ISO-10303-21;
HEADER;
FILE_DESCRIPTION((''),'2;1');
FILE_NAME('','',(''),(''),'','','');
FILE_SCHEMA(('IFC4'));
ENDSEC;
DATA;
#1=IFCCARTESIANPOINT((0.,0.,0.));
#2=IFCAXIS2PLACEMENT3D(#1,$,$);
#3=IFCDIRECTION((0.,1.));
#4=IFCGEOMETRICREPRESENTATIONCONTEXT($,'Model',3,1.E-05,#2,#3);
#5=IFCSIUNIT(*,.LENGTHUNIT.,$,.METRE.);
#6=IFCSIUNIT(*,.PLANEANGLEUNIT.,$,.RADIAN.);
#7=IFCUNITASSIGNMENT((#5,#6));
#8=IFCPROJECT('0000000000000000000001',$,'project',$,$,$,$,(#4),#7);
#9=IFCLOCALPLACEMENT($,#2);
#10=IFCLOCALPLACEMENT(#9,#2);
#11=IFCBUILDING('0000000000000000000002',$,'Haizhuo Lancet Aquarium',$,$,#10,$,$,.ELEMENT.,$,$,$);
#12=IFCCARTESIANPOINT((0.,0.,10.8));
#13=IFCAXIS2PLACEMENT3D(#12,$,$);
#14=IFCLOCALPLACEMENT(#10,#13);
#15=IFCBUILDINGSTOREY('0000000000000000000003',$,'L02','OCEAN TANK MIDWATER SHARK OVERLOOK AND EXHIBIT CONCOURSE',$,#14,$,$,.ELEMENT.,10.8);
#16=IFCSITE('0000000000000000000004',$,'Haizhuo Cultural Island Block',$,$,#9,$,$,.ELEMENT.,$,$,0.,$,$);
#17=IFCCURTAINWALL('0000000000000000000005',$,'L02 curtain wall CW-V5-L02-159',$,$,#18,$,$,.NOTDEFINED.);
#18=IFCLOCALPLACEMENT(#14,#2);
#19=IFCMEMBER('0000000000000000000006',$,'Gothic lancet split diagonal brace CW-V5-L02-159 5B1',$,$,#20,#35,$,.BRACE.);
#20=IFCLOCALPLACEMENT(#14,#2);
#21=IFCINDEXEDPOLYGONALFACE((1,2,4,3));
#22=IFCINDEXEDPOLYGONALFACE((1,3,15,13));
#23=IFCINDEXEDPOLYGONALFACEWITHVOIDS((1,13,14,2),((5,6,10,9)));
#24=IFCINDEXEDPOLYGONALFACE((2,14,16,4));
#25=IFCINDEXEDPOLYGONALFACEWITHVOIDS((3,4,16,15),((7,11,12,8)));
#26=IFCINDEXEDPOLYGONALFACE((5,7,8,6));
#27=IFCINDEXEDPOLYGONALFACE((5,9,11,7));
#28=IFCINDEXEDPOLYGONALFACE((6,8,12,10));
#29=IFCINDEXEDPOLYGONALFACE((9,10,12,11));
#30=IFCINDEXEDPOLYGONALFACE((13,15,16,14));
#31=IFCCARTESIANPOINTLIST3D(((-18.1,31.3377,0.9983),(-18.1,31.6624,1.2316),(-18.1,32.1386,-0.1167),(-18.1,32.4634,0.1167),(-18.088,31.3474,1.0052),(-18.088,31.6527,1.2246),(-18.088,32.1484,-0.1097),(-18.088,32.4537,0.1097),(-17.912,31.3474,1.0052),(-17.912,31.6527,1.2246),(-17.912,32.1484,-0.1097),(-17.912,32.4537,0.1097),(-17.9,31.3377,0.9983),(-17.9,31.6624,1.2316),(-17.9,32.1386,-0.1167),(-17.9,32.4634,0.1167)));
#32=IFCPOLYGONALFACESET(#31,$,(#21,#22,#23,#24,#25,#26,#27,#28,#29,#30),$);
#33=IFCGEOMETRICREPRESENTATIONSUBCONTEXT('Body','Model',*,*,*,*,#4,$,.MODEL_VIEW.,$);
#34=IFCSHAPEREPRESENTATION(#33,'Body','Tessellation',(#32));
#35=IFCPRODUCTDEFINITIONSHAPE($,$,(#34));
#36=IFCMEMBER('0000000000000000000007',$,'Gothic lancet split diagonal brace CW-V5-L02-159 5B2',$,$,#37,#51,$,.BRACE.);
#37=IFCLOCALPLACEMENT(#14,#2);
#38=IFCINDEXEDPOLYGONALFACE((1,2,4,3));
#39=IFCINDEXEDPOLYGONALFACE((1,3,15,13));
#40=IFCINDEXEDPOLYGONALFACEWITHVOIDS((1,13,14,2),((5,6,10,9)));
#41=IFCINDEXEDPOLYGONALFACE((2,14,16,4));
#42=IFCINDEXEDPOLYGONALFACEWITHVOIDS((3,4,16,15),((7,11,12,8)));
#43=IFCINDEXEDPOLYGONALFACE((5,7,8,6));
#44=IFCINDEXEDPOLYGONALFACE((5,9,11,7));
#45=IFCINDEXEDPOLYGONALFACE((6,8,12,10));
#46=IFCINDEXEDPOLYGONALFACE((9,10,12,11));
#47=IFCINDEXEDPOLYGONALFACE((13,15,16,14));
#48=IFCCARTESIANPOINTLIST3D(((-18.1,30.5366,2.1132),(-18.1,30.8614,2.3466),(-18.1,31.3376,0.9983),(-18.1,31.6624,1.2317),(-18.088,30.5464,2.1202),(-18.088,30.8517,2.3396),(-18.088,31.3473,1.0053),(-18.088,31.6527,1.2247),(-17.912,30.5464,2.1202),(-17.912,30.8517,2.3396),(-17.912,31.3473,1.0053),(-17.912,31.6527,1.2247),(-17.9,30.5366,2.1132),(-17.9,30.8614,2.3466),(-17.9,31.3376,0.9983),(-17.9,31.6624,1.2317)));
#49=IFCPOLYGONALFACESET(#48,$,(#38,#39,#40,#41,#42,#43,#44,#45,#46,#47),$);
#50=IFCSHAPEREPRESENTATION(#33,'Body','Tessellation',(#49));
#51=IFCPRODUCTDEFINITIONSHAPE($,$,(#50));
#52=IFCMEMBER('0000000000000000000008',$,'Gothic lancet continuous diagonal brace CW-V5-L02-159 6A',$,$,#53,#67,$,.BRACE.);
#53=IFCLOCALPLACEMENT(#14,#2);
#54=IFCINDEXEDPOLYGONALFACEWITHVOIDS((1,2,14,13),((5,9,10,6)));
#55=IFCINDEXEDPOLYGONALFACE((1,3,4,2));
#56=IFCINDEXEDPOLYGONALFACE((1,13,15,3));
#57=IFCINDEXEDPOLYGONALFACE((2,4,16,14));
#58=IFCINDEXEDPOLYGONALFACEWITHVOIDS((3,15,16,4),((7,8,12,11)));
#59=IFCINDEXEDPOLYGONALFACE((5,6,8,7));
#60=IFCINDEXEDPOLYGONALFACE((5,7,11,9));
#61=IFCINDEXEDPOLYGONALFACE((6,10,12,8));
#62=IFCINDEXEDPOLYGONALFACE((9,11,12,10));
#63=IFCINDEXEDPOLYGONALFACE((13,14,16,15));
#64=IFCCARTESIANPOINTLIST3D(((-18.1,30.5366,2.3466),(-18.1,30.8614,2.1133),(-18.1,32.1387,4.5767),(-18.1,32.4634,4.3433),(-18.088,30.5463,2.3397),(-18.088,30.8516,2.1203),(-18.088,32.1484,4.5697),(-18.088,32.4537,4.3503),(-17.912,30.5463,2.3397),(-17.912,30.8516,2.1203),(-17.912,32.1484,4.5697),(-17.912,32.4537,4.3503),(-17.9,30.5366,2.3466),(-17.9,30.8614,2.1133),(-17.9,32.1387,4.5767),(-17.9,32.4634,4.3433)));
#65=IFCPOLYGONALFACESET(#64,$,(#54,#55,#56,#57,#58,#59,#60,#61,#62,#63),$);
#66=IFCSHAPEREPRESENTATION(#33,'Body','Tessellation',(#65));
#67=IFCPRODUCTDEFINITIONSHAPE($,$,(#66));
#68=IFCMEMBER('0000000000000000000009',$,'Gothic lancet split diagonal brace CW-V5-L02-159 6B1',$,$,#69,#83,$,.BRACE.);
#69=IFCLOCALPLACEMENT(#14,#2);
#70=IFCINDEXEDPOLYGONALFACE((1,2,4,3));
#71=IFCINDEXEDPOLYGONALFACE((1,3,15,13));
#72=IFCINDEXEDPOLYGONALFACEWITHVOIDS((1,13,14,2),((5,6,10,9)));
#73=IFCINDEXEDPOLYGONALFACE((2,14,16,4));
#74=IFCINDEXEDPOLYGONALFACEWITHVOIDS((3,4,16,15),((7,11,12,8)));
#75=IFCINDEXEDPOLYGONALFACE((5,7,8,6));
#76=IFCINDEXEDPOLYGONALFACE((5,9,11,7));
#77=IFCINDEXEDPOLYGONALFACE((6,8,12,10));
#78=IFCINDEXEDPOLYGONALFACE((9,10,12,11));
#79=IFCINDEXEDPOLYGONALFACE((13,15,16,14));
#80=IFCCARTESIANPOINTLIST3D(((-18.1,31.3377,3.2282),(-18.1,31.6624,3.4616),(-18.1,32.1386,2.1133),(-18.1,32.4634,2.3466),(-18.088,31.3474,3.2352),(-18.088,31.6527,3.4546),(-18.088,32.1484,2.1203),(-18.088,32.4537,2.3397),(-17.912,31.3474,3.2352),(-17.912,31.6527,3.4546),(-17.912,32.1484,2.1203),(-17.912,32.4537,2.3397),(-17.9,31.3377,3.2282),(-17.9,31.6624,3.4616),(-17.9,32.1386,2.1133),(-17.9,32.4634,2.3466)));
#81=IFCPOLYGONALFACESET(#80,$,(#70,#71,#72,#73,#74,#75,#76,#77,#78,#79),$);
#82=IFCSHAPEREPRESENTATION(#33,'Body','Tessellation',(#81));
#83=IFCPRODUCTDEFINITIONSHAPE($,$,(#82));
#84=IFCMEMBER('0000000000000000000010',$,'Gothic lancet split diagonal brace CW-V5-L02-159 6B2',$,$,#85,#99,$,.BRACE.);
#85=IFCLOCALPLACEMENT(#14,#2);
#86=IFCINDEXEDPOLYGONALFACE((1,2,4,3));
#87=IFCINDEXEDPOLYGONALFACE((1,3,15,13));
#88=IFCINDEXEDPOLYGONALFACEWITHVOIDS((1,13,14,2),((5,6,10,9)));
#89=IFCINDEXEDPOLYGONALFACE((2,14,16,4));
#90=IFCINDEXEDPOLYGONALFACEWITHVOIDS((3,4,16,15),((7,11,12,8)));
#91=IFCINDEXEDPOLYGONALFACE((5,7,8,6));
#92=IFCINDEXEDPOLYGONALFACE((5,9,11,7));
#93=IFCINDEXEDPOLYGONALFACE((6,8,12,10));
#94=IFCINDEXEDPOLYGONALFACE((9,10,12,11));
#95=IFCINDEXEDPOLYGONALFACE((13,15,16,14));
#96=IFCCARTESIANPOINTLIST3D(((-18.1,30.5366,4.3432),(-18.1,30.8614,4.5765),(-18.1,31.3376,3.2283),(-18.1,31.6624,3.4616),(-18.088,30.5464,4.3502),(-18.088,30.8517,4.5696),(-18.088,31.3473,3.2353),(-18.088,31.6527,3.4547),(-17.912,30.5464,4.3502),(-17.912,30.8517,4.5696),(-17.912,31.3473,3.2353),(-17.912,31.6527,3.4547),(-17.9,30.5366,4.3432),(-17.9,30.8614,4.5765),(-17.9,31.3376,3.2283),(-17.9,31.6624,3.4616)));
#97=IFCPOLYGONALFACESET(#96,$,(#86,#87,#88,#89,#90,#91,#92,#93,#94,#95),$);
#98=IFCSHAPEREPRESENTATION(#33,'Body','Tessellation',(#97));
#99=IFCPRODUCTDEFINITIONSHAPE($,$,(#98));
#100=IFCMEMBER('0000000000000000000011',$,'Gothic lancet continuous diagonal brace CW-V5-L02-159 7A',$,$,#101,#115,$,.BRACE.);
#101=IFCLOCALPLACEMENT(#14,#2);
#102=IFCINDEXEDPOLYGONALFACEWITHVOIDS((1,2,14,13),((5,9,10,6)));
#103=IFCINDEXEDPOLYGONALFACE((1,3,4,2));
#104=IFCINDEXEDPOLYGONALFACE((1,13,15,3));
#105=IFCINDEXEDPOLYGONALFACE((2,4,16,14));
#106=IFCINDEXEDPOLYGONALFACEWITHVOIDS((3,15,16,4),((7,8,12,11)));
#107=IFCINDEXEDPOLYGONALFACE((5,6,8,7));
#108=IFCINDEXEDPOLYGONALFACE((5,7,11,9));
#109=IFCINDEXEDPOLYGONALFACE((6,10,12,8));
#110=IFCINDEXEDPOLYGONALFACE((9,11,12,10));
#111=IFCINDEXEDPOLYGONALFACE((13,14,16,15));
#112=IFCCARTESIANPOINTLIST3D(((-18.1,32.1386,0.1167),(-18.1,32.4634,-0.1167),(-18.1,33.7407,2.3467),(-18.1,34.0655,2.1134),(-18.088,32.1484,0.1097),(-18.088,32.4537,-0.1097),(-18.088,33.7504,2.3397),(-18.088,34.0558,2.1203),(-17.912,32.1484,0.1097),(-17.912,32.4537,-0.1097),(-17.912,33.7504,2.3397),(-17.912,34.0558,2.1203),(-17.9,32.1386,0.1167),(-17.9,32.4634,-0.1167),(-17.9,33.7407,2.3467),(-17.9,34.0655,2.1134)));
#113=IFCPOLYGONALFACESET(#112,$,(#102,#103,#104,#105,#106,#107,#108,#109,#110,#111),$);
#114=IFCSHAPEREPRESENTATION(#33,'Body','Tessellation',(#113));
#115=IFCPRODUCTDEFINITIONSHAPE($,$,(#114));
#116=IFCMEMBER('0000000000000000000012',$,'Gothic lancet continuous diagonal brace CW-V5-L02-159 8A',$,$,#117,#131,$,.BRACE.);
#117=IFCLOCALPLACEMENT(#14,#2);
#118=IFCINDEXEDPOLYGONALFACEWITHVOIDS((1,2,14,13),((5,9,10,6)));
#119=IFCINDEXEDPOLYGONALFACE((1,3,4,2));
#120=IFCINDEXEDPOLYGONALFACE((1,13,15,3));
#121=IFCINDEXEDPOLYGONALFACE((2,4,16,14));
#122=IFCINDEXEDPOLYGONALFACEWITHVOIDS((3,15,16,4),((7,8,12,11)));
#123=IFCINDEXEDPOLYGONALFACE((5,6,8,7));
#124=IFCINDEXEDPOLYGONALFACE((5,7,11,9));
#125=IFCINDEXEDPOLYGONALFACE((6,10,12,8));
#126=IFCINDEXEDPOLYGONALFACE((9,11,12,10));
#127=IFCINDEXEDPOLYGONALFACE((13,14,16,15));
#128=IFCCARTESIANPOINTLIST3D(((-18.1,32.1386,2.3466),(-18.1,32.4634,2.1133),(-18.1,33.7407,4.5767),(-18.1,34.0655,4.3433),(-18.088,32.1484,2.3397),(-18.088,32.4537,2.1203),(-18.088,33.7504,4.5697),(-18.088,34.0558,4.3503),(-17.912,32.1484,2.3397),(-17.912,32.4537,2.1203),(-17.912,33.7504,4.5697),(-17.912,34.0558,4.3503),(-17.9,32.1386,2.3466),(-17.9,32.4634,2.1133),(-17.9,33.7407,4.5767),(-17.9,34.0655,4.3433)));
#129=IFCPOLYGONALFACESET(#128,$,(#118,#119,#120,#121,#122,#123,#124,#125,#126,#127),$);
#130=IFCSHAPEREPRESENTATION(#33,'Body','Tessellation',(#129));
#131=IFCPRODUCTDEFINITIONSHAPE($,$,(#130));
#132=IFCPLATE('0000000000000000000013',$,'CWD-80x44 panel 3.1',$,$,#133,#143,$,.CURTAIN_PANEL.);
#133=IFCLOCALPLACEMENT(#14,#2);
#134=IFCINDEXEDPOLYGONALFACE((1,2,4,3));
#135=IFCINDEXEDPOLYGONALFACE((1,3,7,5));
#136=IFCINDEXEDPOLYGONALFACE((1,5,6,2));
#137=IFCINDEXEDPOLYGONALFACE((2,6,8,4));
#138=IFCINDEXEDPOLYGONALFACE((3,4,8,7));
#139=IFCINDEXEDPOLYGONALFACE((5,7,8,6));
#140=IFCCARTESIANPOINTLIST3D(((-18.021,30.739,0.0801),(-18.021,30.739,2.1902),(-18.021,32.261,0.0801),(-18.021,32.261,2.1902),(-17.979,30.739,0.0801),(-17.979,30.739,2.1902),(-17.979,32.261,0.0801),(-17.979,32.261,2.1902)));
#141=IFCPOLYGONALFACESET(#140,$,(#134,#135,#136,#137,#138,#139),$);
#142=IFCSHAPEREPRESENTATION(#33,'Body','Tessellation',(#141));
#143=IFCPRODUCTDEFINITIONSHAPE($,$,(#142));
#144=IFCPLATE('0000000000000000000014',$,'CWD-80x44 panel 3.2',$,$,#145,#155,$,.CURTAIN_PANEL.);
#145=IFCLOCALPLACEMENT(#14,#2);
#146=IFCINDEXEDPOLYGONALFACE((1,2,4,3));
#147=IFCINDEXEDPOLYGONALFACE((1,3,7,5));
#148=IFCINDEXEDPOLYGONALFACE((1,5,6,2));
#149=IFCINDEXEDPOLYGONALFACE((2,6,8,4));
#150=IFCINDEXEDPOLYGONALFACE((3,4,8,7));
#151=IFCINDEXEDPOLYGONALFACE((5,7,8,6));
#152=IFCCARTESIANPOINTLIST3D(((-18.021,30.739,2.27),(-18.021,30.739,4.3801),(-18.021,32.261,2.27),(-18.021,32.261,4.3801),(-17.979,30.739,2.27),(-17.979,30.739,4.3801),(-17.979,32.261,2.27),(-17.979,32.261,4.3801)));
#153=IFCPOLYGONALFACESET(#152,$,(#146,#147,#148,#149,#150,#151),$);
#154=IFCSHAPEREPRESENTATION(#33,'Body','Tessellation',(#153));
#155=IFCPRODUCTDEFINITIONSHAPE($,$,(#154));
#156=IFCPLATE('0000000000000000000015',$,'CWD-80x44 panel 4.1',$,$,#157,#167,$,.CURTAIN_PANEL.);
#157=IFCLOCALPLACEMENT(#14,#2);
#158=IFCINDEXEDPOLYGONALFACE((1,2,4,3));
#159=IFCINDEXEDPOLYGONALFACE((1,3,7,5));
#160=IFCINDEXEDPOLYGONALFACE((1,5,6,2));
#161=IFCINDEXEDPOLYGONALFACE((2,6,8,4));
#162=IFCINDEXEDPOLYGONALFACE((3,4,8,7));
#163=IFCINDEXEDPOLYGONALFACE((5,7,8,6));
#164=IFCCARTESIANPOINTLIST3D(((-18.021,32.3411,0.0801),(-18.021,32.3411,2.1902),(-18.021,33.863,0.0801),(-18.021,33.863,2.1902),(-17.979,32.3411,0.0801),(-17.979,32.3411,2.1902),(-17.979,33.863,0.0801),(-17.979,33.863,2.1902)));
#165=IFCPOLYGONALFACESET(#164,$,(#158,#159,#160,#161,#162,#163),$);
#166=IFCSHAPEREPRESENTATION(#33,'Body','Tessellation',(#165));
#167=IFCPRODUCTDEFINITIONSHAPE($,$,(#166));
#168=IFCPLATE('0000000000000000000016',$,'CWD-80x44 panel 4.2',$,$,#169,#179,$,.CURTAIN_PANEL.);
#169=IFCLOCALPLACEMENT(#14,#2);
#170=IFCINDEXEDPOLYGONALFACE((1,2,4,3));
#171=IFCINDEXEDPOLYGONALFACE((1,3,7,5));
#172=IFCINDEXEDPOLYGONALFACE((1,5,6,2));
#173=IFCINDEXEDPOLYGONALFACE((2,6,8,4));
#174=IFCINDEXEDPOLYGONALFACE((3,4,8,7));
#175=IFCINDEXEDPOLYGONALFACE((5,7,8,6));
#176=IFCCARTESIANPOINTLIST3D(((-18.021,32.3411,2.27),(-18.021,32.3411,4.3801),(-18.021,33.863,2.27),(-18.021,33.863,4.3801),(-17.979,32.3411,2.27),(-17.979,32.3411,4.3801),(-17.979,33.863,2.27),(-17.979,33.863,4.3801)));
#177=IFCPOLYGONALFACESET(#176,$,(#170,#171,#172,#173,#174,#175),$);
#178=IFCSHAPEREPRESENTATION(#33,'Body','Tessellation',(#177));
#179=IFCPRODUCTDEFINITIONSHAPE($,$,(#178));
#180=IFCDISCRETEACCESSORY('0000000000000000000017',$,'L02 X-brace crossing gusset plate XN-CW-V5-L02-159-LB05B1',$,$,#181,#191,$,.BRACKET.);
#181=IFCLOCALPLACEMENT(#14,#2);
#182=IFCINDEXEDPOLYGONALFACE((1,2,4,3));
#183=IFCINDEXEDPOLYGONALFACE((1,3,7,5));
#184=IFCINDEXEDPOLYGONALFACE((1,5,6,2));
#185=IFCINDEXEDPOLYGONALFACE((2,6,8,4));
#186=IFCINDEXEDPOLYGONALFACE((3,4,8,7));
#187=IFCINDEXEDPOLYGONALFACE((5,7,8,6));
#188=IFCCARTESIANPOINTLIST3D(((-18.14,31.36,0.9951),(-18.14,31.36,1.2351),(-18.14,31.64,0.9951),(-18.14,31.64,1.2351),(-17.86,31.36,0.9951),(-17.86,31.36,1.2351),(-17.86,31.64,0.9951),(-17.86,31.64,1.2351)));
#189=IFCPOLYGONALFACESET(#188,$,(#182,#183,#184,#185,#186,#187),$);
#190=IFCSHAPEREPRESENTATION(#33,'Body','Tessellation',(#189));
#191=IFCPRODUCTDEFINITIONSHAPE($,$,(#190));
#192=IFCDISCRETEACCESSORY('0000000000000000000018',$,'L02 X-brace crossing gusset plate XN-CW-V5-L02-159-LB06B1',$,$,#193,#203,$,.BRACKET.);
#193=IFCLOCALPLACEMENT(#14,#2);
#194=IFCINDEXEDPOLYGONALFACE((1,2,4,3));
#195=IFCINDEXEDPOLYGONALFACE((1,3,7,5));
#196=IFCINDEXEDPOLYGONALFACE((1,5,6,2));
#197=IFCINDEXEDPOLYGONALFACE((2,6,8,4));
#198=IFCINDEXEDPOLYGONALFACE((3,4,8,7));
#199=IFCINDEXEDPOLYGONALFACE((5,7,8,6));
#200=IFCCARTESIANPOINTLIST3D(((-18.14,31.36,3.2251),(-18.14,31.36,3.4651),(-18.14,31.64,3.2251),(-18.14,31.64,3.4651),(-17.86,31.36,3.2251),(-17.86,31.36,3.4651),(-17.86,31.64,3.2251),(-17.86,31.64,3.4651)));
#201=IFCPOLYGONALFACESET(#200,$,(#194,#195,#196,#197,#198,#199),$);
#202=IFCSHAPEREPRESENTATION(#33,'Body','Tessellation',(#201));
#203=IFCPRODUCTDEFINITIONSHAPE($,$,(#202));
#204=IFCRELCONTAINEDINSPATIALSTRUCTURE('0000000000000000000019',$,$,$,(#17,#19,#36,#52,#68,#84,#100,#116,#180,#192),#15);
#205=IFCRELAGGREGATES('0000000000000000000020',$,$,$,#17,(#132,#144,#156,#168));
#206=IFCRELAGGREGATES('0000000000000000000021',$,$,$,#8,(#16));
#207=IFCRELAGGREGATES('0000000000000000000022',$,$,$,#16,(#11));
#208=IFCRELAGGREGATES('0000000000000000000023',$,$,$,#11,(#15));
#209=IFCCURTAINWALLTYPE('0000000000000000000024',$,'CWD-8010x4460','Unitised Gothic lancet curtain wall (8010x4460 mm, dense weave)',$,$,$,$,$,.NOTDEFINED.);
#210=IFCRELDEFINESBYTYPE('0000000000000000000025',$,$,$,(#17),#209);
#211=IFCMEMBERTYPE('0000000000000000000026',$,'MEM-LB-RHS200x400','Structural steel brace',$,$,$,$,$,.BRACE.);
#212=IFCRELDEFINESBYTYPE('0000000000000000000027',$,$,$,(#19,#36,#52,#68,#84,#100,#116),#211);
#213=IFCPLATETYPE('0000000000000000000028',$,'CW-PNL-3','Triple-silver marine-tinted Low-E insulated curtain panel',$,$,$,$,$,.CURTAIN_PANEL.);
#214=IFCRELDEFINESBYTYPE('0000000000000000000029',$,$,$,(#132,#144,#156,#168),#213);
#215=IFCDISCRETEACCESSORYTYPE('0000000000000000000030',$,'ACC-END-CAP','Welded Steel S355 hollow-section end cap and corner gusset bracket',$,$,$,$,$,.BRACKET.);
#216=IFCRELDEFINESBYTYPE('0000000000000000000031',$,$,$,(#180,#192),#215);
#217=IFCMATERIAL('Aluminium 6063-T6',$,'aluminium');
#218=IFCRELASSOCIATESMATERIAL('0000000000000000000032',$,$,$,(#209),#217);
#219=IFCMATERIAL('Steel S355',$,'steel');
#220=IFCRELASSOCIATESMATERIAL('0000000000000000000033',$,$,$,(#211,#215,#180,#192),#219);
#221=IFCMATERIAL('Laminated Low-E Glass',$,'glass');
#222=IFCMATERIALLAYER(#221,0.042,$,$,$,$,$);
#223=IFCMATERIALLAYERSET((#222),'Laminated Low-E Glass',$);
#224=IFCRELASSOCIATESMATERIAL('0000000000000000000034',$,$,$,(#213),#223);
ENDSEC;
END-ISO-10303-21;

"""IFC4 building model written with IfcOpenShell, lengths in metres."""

from ifc_helpers import new_model, si_unit, direction, frame, origin, origin_2d, place, context, subcontext, project, spatial, rectangle, hollow_rectangle, extrude, material, layer, layer_set, material_profile, profile_set, type_object, element, aggregate, save


model = new_model("IFC4")

# Units and contexts
model_context = context("Model", 3, precision=1e-05, world=origin(), true_north=direction((0.0, 1.0)))
body_context = subcontext(model_context, "Body", "Model", "MODEL_VIEW")
ifc_project = project(units=[si_unit("LENGTHUNIT", "METRE"), si_unit("PLANEANGLEUNIT", "RADIAN")], contexts=[model_context])

# Site, building, storey
site_placement = place(None, origin())
site = spatial("IfcSite", under=ifc_project, at=site_placement, Name="Haizhuo Cultural Island Block", CompositionType="ELEMENT", RefElevation=0.0)
building_placement = place(site_placement, origin())
building = spatial("IfcBuilding", under=site, at=building_placement, Name="Haizhuo Lancet Aquarium", CompositionType="ELEMENT")
storey_placement = place(building_placement, frame((0.0, 0.0, 10.8)))
storey = spatial("IfcBuildingStorey", under=building, at=storey_placement, Name="L02", Description="OCEAN TANK MIDWATER SHARK OVERLOOK AND EXHIBIT CONCOURSE", CompositionType="ELEMENT", Elevation=10.8)

# Curtain wall
ifc_material_1 = material(Name="Aluminium 6063-T6", Category="aluminium")
curtain_wall_type = type_object("IfcCurtainWallType", Name="CWD-8010x4460", Description="Unitised Gothic lancet curtain wall (8010x4460 mm, dense weave)", PredefinedType="NOTDEFINED", material=ifc_material_1)
curtain_wall_placement = place(storey_placement, origin())
curtain_wall = element("IfcCurtainWall", 1, at=curtain_wall_placement, inside=storey, type_object=curtain_wall_type, Name="L02 curtain wall CW-V5-L02-159", PredefinedType="NOTDEFINED")

# Members
ifc_material_2 = material(Name="Steel S355", Category="steel")
ifc_material_profile_1 = material_profile(ifc_material_2, hollow_rectangle(XDim=0.2, YDim=0.3999, WallThickness=0.012, at=origin_2d()), Name="RHS 200x400x12")
ifc_profile_set_1 = profile_set([ifc_material_profile_1], Name="Steel S355")
member_type_1 = type_object("IfcMemberType", Name="MEM-LB-RHS200x400", Description="Structural steel brace", PredefinedType="BRACE", material=ifc_profile_set_1)
for number, where, z_axis, x_axis, name in (
    (2, (-18.0, 32.301, 0.0), (0.0, -0.583456, 0.812144), (1.0, 0.0, 0.0), "Gothic lancet split diagonal brace CW-V5-L02-159 5B1"),
    (3, (-18.0, 31.5, 1.115), (0.0, -0.583456, 0.812144), (1.0, 0.0, 0.0), "Gothic lancet split diagonal brace CW-V5-L02-159 5B2"),
):
    element("IfcMember", number, at=place(storey_placement, frame(where, z_axis=z_axis, x_axis=x_axis)), inside=storey, type_object=member_type_1, Name=name, PredefinedType="BRACE", context=body_context, shape_type="SweptSolid", body=[
        extrude(hollow_rectangle(XDim=0.2, YDim=0.3999, WallThickness=0.012, at=origin_2d()), origin(), (0.0, 0.0, 1.0), 1.3728),
    ])
member_1_placement = place(storey_placement, frame((-18.0, 30.699, 2.23), z_axis=(0.0, 0.583456, 0.812144), x_axis=(-1.0, 0.0, 0.0)))
element("IfcMember", 4, at=member_1_placement, inside=storey, type_object=member_type_1, Name="Gothic lancet continuous diagonal brace CW-V5-L02-159 6A", PredefinedType="BRACE", context=body_context, shape_type="SweptSolid", body=[
    extrude(hollow_rectangle(XDim=0.2, YDim=0.3999, WallThickness=0.012, at=origin_2d()), origin(), (0.0, 0.0, 1.0), 2.7458),
])
for number, where, z_axis, x_axis, name in (
    (5, (-18.0, 32.301, 2.23), (0.0, -0.583456, 0.812144), (1.0, 0.0, 0.0), "Gothic lancet split diagonal brace CW-V5-L02-159 6B1"),
    (6, (-18.0, 31.5, 3.345), (0.0, -0.583456, 0.812144), (1.0, 0.0, 0.0), "Gothic lancet split diagonal brace CW-V5-L02-159 6B2"),
):
    element("IfcMember", number, at=place(storey_placement, frame(where, z_axis=z_axis, x_axis=x_axis)), inside=storey, type_object=member_type_1, Name=name, PredefinedType="BRACE", context=body_context, shape_type="SweptSolid", body=[
        extrude(hollow_rectangle(XDim=0.2, YDim=0.3999, WallThickness=0.012, at=origin_2d()), origin(), (0.0, 0.0, 1.0), 1.3728),
    ])
for number, where, z_axis, x_axis, name in (
    (7, (-18.0, 32.301, 0.0), (0.0, 0.583456, 0.812144), (-1.0, 0.0, 0.0), "Gothic lancet continuous diagonal brace CW-V5-L02-159 7A"),
    (8, (-18.0, 32.301, 2.23), (0.0, 0.583456, 0.812144), (-1.0, 0.0, 0.0), "Gothic lancet continuous diagonal brace CW-V5-L02-159 8A"),
):
    element("IfcMember", number, at=place(storey_placement, frame(where, z_axis=z_axis, x_axis=x_axis)), inside=storey, type_object=member_type_1, Name=name, PredefinedType="BRACE", context=body_context, shape_type="SweptSolid", body=[
        extrude(hollow_rectangle(XDim=0.2, YDim=0.3999, WallThickness=0.012, at=origin_2d()), origin(), (0.0, 0.0, 1.0), 2.7458),
    ])

# Plates
ifc_material_3 = material(Name="Laminated Low-E Glass", Category="glass")
ifc_layer = layer(ifc_material_3, 0.042)
ifc_layer_set = layer_set([ifc_layer], Name="Laminated Low-E Glass")
plate_type = type_object("IfcPlateType", Name="CW-PNL-3", Description="Triple-silver marine-tinted Low-E insulated curtain panel", PredefinedType="CURTAIN_PANEL", material=ifc_layer_set)
plate_1_placement = place(storey_placement, frame((-18.0, 31.5, 0.0801), z_axis=(0.0, 0.0, 1.0), x_axis=(0.0, 1.0, 0.0)))
plate_1 = element("IfcPlate", 9, at=plate_1_placement, type_object=plate_type, Name="CWD-80x44 panel 3.1", PredefinedType="CURTAIN_PANEL", context=body_context, shape_type="SweptSolid", body=[
    extrude(rectangle(XDim=1.522, YDim=0.042, at=origin_2d()), origin(), (0.0, 0.0, 1.0), 2.1101),
])
plate_2_placement = place(storey_placement, frame((-18.0, 31.5, 2.27), z_axis=(0.0, 0.0, 1.0), x_axis=(0.0, 1.0, 0.0)))
plate_2 = element("IfcPlate", 10, at=plate_2_placement, type_object=plate_type, Name="CWD-80x44 panel 3.2", PredefinedType="CURTAIN_PANEL", context=body_context, shape_type="SweptSolid", body=[
    extrude(rectangle(XDim=1.522, YDim=0.042, at=origin_2d()), origin(), (0.0, 0.0, 1.0), 2.1101),
])
plate_3_placement = place(storey_placement, frame((-18.0, 33.1021, 0.0801), z_axis=(0.0, 0.0, 1.0), x_axis=(0.0, 1.0, 0.0)))
plate_3 = element("IfcPlate", 11, at=plate_3_placement, type_object=plate_type, Name="CWD-80x44 panel 4.1", PredefinedType="CURTAIN_PANEL", context=body_context, shape_type="SweptSolid", body=[
    extrude(rectangle(XDim=1.522, YDim=0.042, at=origin_2d()), origin(), (0.0, 0.0, 1.0), 2.1101),
])
plate_4_placement = place(storey_placement, frame((-18.0, 33.1021, 2.27), z_axis=(0.0, 0.0, 1.0), x_axis=(0.0, 1.0, 0.0)))
plate_4 = element("IfcPlate", 12, at=plate_4_placement, type_object=plate_type, Name="CWD-80x44 panel 4.2", PredefinedType="CURTAIN_PANEL", context=body_context, shape_type="SweptSolid", body=[
    extrude(rectangle(XDim=1.522, YDim=0.042, at=origin_2d()), origin(), (0.0, 0.0, 1.0), 2.1101),
])
aggregate(curtain_wall, [plate_1, plate_2, plate_3, plate_4])

# Discrete accessories
discrete_accessory_type = type_object("IfcDiscreteAccessoryType", Name="ACC-END-CAP", Description="Welded Steel S355 hollow-section end cap and corner gusset bracket", PredefinedType="BRACKET", material=ifc_material_2)
for number, where, z_axis, x_axis, name in (
    (13, (-18.0, 31.5, 0.9951), (0.0, 0.0, 1.0), (1.0, 0.0, 0.0), "L02 X-brace crossing gusset plate XN-CW-V5-L02-159-LB05B1"),
    (14, (-18.0, 31.5, 3.2251), (0.0, 0.0, 1.0), (1.0, 0.0, 0.0), "L02 X-brace crossing gusset plate XN-CW-V5-L02-159-LB06B1"),
):
    element("IfcDiscreteAccessory", number, at=place(storey_placement, frame(where, z_axis=z_axis, x_axis=x_axis)), inside=storey, type_object=discrete_accessory_type, material=ifc_material_2, Name=name, PredefinedType="BRACKET", context=body_context, shape_type="SweptSolid", body=[
        extrude(rectangle(XDim=0.28, YDim=0.28, at=origin_2d()), origin(), (0.0, 0.0, 1.0), 0.24),
    ])

save(model, "model.ifc")
